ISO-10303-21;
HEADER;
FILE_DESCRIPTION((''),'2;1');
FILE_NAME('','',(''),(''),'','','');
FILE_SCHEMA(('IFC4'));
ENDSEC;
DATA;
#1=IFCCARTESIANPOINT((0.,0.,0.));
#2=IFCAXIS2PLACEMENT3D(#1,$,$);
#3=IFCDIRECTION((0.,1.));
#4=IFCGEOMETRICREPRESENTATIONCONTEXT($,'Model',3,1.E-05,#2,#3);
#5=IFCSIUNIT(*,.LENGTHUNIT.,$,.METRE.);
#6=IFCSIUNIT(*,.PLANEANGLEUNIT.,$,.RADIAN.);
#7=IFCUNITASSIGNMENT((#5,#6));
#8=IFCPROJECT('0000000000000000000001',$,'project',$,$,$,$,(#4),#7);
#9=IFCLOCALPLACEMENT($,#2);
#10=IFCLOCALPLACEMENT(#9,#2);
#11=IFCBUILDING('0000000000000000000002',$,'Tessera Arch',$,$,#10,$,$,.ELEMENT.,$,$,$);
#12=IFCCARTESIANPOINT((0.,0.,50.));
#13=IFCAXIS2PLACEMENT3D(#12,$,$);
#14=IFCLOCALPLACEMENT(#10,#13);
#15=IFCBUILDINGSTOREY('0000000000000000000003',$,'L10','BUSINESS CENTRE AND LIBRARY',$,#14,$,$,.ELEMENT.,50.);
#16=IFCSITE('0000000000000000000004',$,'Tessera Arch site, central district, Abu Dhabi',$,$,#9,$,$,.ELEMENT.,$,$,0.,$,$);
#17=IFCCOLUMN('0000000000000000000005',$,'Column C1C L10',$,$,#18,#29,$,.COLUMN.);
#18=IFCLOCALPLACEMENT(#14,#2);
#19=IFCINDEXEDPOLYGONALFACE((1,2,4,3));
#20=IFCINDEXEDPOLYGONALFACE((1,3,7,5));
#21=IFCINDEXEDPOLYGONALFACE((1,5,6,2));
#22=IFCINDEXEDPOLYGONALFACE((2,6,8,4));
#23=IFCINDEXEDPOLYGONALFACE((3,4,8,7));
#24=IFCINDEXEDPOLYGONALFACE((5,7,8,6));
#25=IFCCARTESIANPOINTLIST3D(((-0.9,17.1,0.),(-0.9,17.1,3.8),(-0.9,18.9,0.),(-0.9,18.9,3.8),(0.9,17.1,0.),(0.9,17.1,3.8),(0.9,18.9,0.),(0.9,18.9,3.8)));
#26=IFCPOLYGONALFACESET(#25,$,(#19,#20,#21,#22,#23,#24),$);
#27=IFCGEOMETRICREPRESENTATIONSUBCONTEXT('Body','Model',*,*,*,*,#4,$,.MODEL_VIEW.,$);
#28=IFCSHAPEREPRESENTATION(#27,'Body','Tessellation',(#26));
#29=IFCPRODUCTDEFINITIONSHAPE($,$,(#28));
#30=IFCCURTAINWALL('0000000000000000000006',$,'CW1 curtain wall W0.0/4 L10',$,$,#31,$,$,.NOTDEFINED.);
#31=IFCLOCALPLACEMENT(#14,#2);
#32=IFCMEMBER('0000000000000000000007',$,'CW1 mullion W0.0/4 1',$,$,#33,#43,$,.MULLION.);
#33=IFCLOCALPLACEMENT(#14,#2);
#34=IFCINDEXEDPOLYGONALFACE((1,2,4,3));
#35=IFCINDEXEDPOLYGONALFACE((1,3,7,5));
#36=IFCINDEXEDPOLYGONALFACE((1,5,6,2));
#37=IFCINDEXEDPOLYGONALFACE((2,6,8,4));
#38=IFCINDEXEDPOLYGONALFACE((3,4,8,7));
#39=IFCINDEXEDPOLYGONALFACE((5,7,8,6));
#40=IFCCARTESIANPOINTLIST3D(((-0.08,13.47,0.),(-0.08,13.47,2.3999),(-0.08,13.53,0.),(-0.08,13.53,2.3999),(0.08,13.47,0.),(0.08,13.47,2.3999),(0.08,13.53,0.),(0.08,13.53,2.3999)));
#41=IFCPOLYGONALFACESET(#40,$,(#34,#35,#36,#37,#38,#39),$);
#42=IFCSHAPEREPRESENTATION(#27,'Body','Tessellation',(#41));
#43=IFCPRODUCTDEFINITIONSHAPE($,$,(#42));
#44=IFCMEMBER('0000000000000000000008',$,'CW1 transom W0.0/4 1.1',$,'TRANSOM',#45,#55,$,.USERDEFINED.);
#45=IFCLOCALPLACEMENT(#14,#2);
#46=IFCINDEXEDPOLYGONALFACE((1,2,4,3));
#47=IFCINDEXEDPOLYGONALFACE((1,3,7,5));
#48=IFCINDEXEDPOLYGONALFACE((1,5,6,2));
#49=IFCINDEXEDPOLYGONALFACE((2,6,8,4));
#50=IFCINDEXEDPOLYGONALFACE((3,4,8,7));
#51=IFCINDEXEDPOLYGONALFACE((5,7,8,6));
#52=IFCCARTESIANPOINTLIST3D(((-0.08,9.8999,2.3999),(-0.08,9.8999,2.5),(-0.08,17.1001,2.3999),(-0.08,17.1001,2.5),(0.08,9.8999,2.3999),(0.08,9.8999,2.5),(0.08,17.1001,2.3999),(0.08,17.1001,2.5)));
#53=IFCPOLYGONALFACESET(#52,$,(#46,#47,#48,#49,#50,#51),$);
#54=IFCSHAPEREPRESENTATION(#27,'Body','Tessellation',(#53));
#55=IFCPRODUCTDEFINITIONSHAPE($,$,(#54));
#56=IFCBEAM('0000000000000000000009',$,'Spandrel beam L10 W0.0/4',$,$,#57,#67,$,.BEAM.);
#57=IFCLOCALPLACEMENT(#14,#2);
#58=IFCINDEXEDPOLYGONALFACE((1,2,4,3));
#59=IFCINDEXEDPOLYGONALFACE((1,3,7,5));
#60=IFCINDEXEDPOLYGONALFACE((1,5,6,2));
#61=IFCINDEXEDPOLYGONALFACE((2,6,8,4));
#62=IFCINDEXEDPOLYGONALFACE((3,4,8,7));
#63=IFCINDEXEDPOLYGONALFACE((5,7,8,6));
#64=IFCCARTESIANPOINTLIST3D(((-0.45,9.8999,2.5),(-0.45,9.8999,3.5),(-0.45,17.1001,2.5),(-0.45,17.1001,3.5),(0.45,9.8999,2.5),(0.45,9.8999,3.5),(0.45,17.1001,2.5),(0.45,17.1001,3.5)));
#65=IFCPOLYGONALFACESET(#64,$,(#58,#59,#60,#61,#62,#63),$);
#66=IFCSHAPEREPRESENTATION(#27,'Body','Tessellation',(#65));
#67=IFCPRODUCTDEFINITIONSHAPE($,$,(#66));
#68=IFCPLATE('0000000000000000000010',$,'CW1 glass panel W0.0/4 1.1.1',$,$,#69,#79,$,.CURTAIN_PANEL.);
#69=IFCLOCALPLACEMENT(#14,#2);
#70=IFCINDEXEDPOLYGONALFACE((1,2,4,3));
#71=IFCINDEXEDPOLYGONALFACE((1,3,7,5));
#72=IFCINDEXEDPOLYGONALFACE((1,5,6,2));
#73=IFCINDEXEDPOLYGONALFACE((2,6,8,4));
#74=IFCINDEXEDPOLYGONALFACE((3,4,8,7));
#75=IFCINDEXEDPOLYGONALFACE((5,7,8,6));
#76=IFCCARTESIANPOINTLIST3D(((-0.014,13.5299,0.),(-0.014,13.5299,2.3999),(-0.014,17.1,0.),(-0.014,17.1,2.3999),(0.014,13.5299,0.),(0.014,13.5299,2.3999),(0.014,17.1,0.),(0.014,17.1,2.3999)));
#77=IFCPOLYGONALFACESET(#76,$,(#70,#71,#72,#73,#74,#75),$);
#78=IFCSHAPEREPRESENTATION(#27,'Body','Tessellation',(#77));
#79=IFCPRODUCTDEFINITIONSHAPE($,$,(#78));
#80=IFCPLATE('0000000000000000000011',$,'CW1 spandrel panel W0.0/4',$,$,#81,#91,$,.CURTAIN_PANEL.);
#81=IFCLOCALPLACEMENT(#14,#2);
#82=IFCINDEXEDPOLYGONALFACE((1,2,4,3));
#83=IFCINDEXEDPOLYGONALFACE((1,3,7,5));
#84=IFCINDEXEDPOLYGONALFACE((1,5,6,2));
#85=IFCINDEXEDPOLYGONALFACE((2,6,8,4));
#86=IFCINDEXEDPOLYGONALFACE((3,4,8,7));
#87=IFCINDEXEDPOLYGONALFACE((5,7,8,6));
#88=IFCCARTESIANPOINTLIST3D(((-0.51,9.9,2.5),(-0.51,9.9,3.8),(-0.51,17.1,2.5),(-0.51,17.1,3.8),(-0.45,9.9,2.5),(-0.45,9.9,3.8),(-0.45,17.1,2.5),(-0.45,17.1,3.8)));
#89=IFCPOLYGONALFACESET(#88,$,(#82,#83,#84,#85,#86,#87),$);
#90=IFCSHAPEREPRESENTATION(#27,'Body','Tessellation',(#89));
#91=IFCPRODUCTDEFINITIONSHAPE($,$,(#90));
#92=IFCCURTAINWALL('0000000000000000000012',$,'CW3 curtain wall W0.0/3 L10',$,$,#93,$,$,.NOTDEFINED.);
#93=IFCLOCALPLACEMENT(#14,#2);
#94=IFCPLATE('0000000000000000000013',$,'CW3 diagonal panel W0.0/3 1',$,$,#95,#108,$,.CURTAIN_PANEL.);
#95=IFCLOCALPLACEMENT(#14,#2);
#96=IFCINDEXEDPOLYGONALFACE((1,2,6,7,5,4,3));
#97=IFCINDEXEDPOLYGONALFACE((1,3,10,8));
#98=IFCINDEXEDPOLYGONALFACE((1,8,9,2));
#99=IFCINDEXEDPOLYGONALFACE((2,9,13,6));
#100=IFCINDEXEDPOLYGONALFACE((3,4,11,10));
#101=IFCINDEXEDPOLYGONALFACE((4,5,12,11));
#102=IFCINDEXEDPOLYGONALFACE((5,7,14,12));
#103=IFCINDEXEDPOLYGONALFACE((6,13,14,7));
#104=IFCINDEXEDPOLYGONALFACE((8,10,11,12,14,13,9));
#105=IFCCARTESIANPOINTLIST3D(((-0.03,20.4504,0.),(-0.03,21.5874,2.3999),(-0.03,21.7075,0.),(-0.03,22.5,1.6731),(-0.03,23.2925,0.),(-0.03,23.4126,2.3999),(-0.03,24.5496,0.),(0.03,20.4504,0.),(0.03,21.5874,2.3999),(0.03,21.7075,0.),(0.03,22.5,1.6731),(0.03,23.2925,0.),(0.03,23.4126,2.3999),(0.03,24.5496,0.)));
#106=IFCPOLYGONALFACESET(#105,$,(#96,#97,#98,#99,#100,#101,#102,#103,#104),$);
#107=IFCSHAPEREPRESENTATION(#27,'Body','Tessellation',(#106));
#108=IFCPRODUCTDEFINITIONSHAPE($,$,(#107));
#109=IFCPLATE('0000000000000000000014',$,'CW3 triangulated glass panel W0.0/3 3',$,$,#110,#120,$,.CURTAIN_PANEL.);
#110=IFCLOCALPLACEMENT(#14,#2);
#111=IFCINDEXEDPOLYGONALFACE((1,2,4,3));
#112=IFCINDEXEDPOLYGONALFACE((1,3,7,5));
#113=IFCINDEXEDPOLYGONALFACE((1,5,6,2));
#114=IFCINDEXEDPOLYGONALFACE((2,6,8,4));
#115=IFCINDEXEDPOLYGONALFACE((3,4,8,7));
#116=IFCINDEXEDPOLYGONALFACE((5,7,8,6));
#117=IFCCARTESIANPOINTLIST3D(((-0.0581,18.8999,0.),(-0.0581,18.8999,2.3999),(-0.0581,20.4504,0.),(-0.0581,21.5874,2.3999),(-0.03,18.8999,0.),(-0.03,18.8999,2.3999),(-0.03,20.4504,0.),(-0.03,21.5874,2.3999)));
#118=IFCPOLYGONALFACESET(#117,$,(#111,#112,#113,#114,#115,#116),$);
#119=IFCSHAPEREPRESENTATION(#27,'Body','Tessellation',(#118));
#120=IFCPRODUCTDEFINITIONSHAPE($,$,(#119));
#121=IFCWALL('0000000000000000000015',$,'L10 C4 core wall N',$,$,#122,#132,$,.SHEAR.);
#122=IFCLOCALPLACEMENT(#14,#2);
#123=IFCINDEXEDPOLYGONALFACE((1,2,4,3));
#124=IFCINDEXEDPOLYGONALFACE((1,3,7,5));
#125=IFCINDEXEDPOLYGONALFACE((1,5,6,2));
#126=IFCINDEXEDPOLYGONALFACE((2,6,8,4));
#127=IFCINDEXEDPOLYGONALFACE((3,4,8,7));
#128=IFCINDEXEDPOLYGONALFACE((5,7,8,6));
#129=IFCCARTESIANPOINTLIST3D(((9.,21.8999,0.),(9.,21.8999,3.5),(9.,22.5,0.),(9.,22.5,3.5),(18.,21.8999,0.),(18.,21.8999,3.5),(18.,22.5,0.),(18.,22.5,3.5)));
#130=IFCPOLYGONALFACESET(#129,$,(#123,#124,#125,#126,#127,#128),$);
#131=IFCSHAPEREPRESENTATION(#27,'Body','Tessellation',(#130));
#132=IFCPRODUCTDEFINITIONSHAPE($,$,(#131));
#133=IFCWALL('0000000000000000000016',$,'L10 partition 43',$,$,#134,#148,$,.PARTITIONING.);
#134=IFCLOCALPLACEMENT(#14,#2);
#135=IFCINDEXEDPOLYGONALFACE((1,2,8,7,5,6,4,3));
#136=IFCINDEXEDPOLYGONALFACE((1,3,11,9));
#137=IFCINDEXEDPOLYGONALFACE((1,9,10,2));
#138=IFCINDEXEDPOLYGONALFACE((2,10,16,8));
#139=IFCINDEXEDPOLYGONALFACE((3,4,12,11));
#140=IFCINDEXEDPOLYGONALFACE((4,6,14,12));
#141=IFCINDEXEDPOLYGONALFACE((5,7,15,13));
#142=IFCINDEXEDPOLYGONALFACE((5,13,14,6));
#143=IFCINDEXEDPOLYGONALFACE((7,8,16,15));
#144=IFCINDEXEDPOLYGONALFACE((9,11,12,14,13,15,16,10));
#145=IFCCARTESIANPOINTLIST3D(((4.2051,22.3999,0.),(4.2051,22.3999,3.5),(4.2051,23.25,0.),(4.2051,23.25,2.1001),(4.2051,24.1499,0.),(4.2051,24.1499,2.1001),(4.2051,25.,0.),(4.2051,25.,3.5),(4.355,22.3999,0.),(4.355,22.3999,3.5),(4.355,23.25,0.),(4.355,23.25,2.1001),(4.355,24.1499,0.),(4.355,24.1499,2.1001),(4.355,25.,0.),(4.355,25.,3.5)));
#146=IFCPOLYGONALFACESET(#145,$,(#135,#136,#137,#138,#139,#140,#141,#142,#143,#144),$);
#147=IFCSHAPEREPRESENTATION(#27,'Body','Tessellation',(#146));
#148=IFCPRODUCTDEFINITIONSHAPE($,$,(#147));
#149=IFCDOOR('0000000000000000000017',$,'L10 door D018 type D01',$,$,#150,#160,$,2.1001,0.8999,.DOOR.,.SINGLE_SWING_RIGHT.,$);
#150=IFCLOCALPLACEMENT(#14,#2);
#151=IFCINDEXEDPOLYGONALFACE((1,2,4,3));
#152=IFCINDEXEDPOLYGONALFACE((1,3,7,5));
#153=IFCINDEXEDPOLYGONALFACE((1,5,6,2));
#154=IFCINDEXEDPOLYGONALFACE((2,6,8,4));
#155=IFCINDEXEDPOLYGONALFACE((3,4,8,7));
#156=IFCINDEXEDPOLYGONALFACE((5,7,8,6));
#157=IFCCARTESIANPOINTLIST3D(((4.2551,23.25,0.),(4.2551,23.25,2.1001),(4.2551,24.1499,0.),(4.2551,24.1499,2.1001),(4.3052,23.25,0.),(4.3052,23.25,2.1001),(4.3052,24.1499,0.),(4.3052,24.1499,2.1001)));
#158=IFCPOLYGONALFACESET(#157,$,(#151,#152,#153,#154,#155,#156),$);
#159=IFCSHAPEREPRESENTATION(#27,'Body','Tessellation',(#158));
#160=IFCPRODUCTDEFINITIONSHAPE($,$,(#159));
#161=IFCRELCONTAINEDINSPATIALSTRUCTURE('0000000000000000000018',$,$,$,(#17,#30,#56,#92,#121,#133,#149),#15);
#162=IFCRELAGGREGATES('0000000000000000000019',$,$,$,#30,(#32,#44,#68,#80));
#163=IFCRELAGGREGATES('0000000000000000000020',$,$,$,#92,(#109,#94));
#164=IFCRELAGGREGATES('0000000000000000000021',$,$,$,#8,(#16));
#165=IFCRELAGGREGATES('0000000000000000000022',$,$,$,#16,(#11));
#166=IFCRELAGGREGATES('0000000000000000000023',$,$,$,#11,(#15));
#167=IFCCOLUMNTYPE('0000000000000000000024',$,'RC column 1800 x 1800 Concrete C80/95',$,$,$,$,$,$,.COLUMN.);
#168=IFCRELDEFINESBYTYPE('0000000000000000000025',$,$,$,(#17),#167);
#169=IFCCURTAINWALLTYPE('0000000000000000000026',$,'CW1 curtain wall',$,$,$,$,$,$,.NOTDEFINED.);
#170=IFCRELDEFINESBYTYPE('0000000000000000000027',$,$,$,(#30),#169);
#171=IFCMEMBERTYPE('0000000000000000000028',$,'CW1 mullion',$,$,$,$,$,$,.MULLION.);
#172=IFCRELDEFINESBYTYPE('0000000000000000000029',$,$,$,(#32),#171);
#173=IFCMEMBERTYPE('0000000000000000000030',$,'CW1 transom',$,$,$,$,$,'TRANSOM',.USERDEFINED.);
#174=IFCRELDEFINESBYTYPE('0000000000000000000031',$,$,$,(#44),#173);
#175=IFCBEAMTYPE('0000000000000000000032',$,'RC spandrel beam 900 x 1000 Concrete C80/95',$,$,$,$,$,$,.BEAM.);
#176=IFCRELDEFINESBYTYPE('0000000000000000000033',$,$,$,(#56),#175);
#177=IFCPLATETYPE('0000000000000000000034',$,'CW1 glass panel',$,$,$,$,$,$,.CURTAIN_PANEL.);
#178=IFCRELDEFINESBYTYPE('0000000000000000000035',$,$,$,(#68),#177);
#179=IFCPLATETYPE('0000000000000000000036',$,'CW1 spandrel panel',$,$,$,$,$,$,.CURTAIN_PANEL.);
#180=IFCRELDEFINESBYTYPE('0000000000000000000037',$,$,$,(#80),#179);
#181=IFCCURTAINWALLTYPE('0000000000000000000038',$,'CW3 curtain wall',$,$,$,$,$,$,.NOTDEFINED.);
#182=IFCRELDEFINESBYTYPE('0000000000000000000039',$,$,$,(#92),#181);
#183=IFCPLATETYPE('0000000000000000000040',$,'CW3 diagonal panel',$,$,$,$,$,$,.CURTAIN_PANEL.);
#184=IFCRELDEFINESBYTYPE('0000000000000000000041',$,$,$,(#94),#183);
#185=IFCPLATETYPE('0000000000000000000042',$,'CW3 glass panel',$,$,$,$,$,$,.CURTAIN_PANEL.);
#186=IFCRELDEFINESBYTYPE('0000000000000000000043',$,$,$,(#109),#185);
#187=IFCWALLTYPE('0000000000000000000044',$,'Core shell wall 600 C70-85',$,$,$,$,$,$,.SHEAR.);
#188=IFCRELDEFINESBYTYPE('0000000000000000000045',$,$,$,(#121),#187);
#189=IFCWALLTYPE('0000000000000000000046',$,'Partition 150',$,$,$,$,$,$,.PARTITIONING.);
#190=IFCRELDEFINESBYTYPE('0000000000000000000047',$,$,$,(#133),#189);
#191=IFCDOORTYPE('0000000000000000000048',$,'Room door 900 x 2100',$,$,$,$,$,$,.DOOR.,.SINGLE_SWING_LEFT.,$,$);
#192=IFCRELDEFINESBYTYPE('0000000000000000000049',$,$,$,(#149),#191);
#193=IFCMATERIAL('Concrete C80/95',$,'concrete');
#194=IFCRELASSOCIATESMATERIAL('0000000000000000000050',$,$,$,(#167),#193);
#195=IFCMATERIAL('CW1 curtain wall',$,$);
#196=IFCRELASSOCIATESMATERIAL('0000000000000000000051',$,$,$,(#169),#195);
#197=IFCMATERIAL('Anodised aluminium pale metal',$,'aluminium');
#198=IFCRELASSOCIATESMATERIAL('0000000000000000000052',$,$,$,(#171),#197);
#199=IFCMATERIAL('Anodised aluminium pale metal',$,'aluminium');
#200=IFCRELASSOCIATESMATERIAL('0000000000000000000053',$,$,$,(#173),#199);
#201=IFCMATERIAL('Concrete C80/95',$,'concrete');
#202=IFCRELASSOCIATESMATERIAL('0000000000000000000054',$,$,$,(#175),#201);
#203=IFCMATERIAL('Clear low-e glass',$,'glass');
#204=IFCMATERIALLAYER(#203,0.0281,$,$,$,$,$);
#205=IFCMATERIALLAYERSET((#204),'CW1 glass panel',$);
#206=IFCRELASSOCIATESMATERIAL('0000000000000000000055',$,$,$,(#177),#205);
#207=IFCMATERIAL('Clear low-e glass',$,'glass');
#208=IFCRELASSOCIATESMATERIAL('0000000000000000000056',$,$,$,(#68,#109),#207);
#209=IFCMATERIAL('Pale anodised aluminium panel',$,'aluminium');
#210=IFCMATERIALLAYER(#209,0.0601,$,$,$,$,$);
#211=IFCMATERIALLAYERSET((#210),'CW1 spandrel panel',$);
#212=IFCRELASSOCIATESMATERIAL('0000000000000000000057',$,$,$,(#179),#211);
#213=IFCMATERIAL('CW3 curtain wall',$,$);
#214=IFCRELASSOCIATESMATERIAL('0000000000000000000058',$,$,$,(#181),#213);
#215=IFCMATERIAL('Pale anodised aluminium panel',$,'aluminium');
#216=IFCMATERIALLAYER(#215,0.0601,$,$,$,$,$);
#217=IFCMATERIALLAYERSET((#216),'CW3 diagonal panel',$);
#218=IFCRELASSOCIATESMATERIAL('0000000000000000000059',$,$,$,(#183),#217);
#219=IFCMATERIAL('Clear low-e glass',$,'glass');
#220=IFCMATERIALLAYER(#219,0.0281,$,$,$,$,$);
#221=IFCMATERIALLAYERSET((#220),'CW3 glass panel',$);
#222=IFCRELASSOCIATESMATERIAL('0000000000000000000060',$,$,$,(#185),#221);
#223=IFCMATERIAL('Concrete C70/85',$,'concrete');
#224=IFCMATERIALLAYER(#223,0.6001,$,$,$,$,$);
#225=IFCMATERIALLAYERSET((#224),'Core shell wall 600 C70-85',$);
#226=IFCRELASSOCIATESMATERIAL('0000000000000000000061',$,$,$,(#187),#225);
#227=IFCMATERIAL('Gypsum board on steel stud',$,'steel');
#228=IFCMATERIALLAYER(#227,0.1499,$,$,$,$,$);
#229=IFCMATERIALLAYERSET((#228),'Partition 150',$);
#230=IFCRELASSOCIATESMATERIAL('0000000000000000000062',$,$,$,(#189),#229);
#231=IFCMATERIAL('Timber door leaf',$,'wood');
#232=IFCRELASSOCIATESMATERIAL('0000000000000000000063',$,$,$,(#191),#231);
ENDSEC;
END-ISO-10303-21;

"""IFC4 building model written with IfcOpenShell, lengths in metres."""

from ifc_helpers import new_model, si_unit, direction, frame, frame_2d, origin, origin_2d, place, context, subcontext, project, spatial, polyline, rectangle, outline, extrude, material, layer, layer_set, material_profile, profile_set, type_object, element, fill, aggregate, save


model = new_model("IFC4")

# Units and contexts
model_context = context("Model", 3, precision=1e-05, world=origin(), true_north=direction((0.0, 1.0)))
body_context = subcontext(model_context, "Body", "Model", "MODEL_VIEW")
ifc_project = project(units=[si_unit("LENGTHUNIT", "METRE"), si_unit("PLANEANGLEUNIT", "RADIAN")], contexts=[model_context])

# Site, building, storey
site_placement = place(None, origin())
site = spatial("IfcSite", under=ifc_project, at=site_placement, Name="Tessera Arch site, central district, Abu Dhabi", CompositionType="ELEMENT", RefElevation=0.0)
building_placement = place(site_placement, origin())
building = spatial("IfcBuilding", under=site, at=building_placement, Name="Tessera Arch", CompositionType="ELEMENT")
storey_placement = place(building_placement, frame((0.0, 0.0, 50.0)))
storey = spatial("IfcBuildingStorey", under=building, at=storey_placement, Name="L10", Description="BUSINESS CENTRE AND LIBRARY", CompositionType="ELEMENT", Elevation=50.0)

# Column
ifc_material_1 = material(Name="Concrete C80/95", Category="concrete")
ifc_material_profile_1 = material_profile(ifc_material_1, rectangle(XDim=1.8, YDim=1.8, at=origin_2d()), Name="RC column 1800 x 1800 Concrete C80/95")
ifc_profile_set_1 = profile_set([ifc_material_profile_1], Name="Concrete C80/95")
column_type = type_object("IfcColumnType", Name="RC column 1800 x 1800 Concrete C80/95", PredefinedType="COLUMN", material=ifc_profile_set_1)
column_placement = place(storey_placement, frame((0.0, 18.0, 0.0), z_axis=(0.0, 0.0, 1.0), x_axis=(1.0, 0.0, 0.0)))
element("IfcColumn", 1, at=column_placement, inside=storey, type_object=column_type, Name="Column C1C L10", PredefinedType="COLUMN", context=body_context, shape_type="SweptSolid", body=[
    extrude(rectangle(XDim=1.8, YDim=1.8, at=origin_2d()), origin(), (0.0, 0.0, 1.0), 3.8),
])

# Curtain wall, members
ifc_material_2 = material(Name="CW1 curtain wall")
curtain_wall_type_1 = type_object("IfcCurtainWallType", Name="CW1 curtain wall", PredefinedType="NOTDEFINED", material=ifc_material_2)
curtain_wall_1_placement = place(storey_placement, origin())
curtain_wall_1 = element("IfcCurtainWall", 2, at=curtain_wall_1_placement, inside=storey, type_object=curtain_wall_type_1, Name="CW1 curtain wall W0.0/4 L10", PredefinedType="NOTDEFINED")
ifc_material_3 = material(Name="Anodised aluminium pale metal", Category="aluminium")
ifc_material_profile_2 = material_profile(ifc_material_3, rectangle(XDim=0.1599, YDim=0.0601, at=origin_2d()), Name="AL 60x160")
ifc_profile_set_2 = profile_set([ifc_material_profile_2], Name="Anodised aluminium pale metal")
member_type_1 = type_object("IfcMemberType", Name="CW1 mullion", PredefinedType="MULLION", material=ifc_profile_set_2)
member_1_placement = place(storey_placement, frame((0.0, 13.5, 0.0), z_axis=(0.0, 0.0, 1.0), x_axis=(1.0, 0.0, 0.0)))
member_1 = element("IfcMember", 3, at=member_1_placement, type_object=member_type_1, Name="CW1 mullion W0.0/4 1", PredefinedType="MULLION", context=body_context, shape_type="SweptSolid", body=[
    extrude(rectangle(XDim=0.1599, YDim=0.0601, at=origin_2d()), origin(), (0.0, 0.0, 1.0), 2.3999),
])
ifc_material_4 = material(Name="Anodised aluminium pale metal", Category="aluminium")
ifc_material_profile_3 = material_profile(ifc_material_4, rectangle(XDim=0.1599, YDim=0.1001, at=origin_2d()), Name="AL 160x100")
ifc_profile_set_3 = profile_set([ifc_material_profile_3], Name="Anodised aluminium pale metal")
member_type_2 = type_object("IfcMemberType", Name="CW1 transom", ElementType="TRANSOM", PredefinedType="USERDEFINED", material=ifc_profile_set_3)
member_2_placement = place(storey_placement, frame((0.0, 17.1001, 2.45), z_axis=(0.0, -1.0, 0.0), x_axis=(1.0, 0.0, 0.0)))
member_2 = element("IfcMember", 4, at=member_2_placement, type_object=member_type_2, Name="CW1 transom W0.0/4 1.1", ObjectType="TRANSOM", PredefinedType="USERDEFINED", context=body_context, shape_type="SweptSolid", body=[
    extrude(rectangle(XDim=0.1599, YDim=0.1001, at=origin_2d()), origin(), (0.0, 0.0, 1.0), 7.2002),
])

# Beam
ifc_material_5 = material(Name="Concrete C80/95", Category="concrete")
ifc_material_profile_4 = material_profile(ifc_material_5, rectangle(XDim=0.8999, YDim=1.0, at=origin_2d()), Name="RC spandrel beam 900 x 1000 Concrete C80/95")
ifc_profile_set_4 = profile_set([ifc_material_profile_4], Name="Concrete C80/95")
beam_type = type_object("IfcBeamType", Name="RC spandrel beam 900 x 1000 Concrete C80/95", PredefinedType="BEAM", material=ifc_profile_set_4)
beam_placement = place(storey_placement, frame((0.0, 17.1001, 3.0), z_axis=(0.0, -1.0, 0.0), x_axis=(1.0, 0.0, 0.0)))
element("IfcBeam", 5, at=beam_placement, inside=storey, type_object=beam_type, Name="Spandrel beam L10 W0.0/4", PredefinedType="BEAM", context=body_context, shape_type="SweptSolid", body=[
    extrude(rectangle(XDim=0.8999, YDim=1.0, at=origin_2d()), origin(), (0.0, 0.0, 1.0), 7.2002),
])

# Plates
ifc_material_6 = material(Name="Clear low-e glass", Category="glass")
ifc_material_7 = material(Name="Clear low-e glass", Category="glass")
ifc_layer_1 = layer(ifc_material_7, 0.0281)
ifc_layer_set_1 = layer_set([ifc_layer_1], Name="CW1 glass panel")
plate_type_1 = type_object("IfcPlateType", Name="CW1 glass panel", PredefinedType="CURTAIN_PANEL", material=ifc_layer_set_1)
plate_1_placement = place(storey_placement, frame((0.0, 15.3149, 0.0), z_axis=(0.0, 0.0, 1.0), x_axis=(0.0, -1.0, 0.0)))
plate_1 = element("IfcPlate", 6, at=plate_1_placement, type_object=plate_type_1, material=ifc_material_6, Name="CW1 glass panel W0.0/4 1.1.1", PredefinedType="CURTAIN_PANEL", context=body_context, shape_type="SweptSolid", body=[
    extrude(rectangle(XDim=3.5701, YDim=0.0281, at=origin_2d()), origin(), (0.0, 0.0, 1.0), 2.3999),
])
ifc_material_8 = material(Name="Pale anodised aluminium panel", Category="aluminium")
ifc_layer_2 = layer(ifc_material_8, 0.0601)
ifc_layer_set_2 = layer_set([ifc_layer_2], Name="CW1 spandrel panel")
plate_type_2 = type_object("IfcPlateType", Name="CW1 spandrel panel", PredefinedType="CURTAIN_PANEL", material=ifc_layer_set_2)
plate_2_placement = place(storey_placement, frame((-0.48, 13.5, 2.5), z_axis=(0.0, 0.0, 1.0), x_axis=(0.0, -1.0, 0.0)))
plate_2 = element("IfcPlate", 7, at=plate_2_placement, type_object=plate_type_2, Name="CW1 spandrel panel W0.0/4", PredefinedType="CURTAIN_PANEL", context=body_context, shape_type="SweptSolid", body=[
    extrude(rectangle(XDim=7.2, YDim=0.0601, at=origin_2d()), origin(), (0.0, 0.0, 1.0), 1.3),
])
aggregate(curtain_wall_1, [member_1, member_2, plate_1, plate_2])

# Curtain wall, plates
ifc_material_9 = material(Name="CW3 curtain wall")
curtain_wall_type_2 = type_object("IfcCurtainWallType", Name="CW3 curtain wall", PredefinedType="NOTDEFINED", material=ifc_material_9)
curtain_wall_2_placement = place(storey_placement, origin())
curtain_wall_2 = element("IfcCurtainWall", 8, at=curtain_wall_2_placement, inside=storey, type_object=curtain_wall_type_2, Name="CW3 curtain wall W0.0/3 L10", PredefinedType="NOTDEFINED")
ifc_material_10 = material(Name="Pale anodised aluminium panel", Category="aluminium")
ifc_layer_3 = layer(ifc_material_10, 0.0601)
ifc_layer_set_3 = layer_set([ifc_layer_3], Name="CW3 diagonal panel")
plate_type_3 = type_object("IfcPlateType", Name="CW3 diagonal panel", PredefinedType="CURTAIN_PANEL", material=ifc_layer_set_3)
plate_3_placement = place(storey_placement, frame((-0.03, 21.5874, 2.3999), z_axis=(-1.0, 0.0, 0.0), x_axis=(0.0, 1.0, 0.0)))
plate_3 = element("IfcPlate", 9, at=plate_3_placement, type_object=plate_type_3, Name="CW3 diagonal panel W0.0/3 1", PredefinedType="CURTAIN_PANEL", context=body_context, shape_type="SweptSolid", body=[
    extrude(outline(polyline([(0.0, 0.0), (1.8252, 0.0), (2.9622, 2.3999), (1.7051, 2.3999), (0.9126, 0.7268), (0.1201, 2.3999), (-1.137, 2.3999), (0.0, 0.0)])), origin(), (0.0, 0.0, -1.0), 0.0601),
])
ifc_material_11 = material(Name="Clear low-e glass", Category="glass")
ifc_layer_4 = layer(ifc_material_11, 0.0281)
ifc_layer_set_4 = layer_set([ifc_layer_4], Name="CW3 glass panel")
plate_type_4 = type_object("IfcPlateType", Name="CW3 glass panel", PredefinedType="CURTAIN_PANEL", material=ifc_layer_set_4)
plate_4_placement = place(storey_placement, frame((-0.0581, 18.8999, 2.3999), z_axis=(-1.0, 0.0, 0.0), x_axis=(0.0, 1.0, 0.0)))
plate_4 = element("IfcPlate", 10, at=plate_4_placement, type_object=plate_type_4, material=ifc_material_6, Name="CW3 triangulated glass panel W0.0/3 3", PredefinedType="CURTAIN_PANEL", context=body_context, shape_type="SweptSolid", body=[
    extrude(outline(polyline([(0.0, 0.0), (2.6875, 0.0), (1.5505, 2.3999), (0.0, 2.3999), (0.0, 0.0)])), origin(), (0.0, 0.0, -1.0), 0.0281),
])
aggregate(curtain_wall_2, [plate_4, plate_3])

# Wall
ifc_material_12 = material(Name="Concrete C70/85", Category="concrete")
ifc_layer_5 = layer(ifc_material_12, 0.6001)
ifc_layer_set_5 = layer_set([ifc_layer_5], Name="Core shell wall 600 C70-85")
wall_type_1 = type_object("IfcWallType", Name="Core shell wall 600 C70-85", PredefinedType="SHEAR", material=ifc_layer_set_5)
wall_1_placement = place(storey_placement, frame((9.0, 22.2, 0.0), z_axis=(0.0, 0.0, 1.0), x_axis=(1.0, 0.0, 0.0)))
element("IfcWall", 11, at=wall_1_placement, inside=storey, type_object=wall_type_1, Name="L10 C4 core wall N", PredefinedType="SHEAR", context=body_context, shape_type="SweptSolid", body=[
    extrude(rectangle(XDim=9.0, YDim=0.6001, at=frame_2d((4.5, 0.0))), origin(), (0.0, 0.0, 1.0), 3.5),
])

# Wall, opening, door
ifc_material_13 = material(Name="Gypsum board on steel stud", Category="steel")
ifc_layer_6 = layer(ifc_material_13, 0.1499)
ifc_layer_set_6 = layer_set([ifc_layer_6], Name="Partition 150")
wall_type_2 = type_object("IfcWallType", Name="Partition 150", PredefinedType="PARTITIONING", material=ifc_layer_set_6)
wall_2_placement = place(storey_placement, frame((4.28, 22.3999, 0.0), z_axis=(0.0, 0.0, 1.0), x_axis=(0.0, 1.0, 0.0)))
wall_2 = element("IfcWall", 12, at=wall_2_placement, inside=storey, type_object=wall_type_2, Name="L10 partition 43", PredefinedType="PARTITIONING", context=body_context, shape_type="SweptSolid", body=[
    extrude(rectangle(XDim=2.6001, YDim=0.1499, at=frame_2d((1.3, 0.0))), origin(), (0.0, 0.0, 1.0), 3.5),
])
opening_1_placement = place(wall_2_placement, frame((0.8501, 0.0, 0.0)))
opening_1 = element("IfcOpeningElement", 13, at=opening_1_placement, cuts=wall_2, PredefinedType="OPENING", context=body_context, shape_type="SweptSolid", body=[
    extrude(rectangle(XDim=0.8999, YDim=2.1001, at=frame_2d((0.45, 1.05))), frame((0.0, 0.085, 0.0), z_axis=(0.0, -1.0, 0.0), x_axis=(1.0, 0.0, 0.0)), (0.0, 0.0, 1.0), 0.1699),
])
ifc_material_14 = material(Name="Timber door leaf", Category="wood")
door_type_1 = type_object("IfcDoorType", Name="Room door 900 x 2100", OperationType="SINGLE_SWING_LEFT", PredefinedType="DOOR", material=ifc_material_14)
door_1_placement = place(opening_1_placement, origin())
door_1 = element("IfcDoor", 14, at=door_1_placement, inside=storey, type_object=door_type_1, Name="L10 door D018 type D01", OperationType="SINGLE_SWING_RIGHT", OverallHeight=2.1001, OverallWidth=0.8999, PredefinedType="DOOR", context=body_context, shape_type="SweptSolid", body=[
    extrude(rectangle(XDim=0.8999, YDim=2.1001, at=frame_2d((0.45, 1.05))), frame((0.0, 0.0249, 0.0), z_axis=(0.0, -1.0, 0.0), x_axis=(1.0, 0.0, 0.0)), (0.0, 0.0, 1.0), 0.05),
])
fill(opening_1, door_1)

save(model, "model.ifc")
